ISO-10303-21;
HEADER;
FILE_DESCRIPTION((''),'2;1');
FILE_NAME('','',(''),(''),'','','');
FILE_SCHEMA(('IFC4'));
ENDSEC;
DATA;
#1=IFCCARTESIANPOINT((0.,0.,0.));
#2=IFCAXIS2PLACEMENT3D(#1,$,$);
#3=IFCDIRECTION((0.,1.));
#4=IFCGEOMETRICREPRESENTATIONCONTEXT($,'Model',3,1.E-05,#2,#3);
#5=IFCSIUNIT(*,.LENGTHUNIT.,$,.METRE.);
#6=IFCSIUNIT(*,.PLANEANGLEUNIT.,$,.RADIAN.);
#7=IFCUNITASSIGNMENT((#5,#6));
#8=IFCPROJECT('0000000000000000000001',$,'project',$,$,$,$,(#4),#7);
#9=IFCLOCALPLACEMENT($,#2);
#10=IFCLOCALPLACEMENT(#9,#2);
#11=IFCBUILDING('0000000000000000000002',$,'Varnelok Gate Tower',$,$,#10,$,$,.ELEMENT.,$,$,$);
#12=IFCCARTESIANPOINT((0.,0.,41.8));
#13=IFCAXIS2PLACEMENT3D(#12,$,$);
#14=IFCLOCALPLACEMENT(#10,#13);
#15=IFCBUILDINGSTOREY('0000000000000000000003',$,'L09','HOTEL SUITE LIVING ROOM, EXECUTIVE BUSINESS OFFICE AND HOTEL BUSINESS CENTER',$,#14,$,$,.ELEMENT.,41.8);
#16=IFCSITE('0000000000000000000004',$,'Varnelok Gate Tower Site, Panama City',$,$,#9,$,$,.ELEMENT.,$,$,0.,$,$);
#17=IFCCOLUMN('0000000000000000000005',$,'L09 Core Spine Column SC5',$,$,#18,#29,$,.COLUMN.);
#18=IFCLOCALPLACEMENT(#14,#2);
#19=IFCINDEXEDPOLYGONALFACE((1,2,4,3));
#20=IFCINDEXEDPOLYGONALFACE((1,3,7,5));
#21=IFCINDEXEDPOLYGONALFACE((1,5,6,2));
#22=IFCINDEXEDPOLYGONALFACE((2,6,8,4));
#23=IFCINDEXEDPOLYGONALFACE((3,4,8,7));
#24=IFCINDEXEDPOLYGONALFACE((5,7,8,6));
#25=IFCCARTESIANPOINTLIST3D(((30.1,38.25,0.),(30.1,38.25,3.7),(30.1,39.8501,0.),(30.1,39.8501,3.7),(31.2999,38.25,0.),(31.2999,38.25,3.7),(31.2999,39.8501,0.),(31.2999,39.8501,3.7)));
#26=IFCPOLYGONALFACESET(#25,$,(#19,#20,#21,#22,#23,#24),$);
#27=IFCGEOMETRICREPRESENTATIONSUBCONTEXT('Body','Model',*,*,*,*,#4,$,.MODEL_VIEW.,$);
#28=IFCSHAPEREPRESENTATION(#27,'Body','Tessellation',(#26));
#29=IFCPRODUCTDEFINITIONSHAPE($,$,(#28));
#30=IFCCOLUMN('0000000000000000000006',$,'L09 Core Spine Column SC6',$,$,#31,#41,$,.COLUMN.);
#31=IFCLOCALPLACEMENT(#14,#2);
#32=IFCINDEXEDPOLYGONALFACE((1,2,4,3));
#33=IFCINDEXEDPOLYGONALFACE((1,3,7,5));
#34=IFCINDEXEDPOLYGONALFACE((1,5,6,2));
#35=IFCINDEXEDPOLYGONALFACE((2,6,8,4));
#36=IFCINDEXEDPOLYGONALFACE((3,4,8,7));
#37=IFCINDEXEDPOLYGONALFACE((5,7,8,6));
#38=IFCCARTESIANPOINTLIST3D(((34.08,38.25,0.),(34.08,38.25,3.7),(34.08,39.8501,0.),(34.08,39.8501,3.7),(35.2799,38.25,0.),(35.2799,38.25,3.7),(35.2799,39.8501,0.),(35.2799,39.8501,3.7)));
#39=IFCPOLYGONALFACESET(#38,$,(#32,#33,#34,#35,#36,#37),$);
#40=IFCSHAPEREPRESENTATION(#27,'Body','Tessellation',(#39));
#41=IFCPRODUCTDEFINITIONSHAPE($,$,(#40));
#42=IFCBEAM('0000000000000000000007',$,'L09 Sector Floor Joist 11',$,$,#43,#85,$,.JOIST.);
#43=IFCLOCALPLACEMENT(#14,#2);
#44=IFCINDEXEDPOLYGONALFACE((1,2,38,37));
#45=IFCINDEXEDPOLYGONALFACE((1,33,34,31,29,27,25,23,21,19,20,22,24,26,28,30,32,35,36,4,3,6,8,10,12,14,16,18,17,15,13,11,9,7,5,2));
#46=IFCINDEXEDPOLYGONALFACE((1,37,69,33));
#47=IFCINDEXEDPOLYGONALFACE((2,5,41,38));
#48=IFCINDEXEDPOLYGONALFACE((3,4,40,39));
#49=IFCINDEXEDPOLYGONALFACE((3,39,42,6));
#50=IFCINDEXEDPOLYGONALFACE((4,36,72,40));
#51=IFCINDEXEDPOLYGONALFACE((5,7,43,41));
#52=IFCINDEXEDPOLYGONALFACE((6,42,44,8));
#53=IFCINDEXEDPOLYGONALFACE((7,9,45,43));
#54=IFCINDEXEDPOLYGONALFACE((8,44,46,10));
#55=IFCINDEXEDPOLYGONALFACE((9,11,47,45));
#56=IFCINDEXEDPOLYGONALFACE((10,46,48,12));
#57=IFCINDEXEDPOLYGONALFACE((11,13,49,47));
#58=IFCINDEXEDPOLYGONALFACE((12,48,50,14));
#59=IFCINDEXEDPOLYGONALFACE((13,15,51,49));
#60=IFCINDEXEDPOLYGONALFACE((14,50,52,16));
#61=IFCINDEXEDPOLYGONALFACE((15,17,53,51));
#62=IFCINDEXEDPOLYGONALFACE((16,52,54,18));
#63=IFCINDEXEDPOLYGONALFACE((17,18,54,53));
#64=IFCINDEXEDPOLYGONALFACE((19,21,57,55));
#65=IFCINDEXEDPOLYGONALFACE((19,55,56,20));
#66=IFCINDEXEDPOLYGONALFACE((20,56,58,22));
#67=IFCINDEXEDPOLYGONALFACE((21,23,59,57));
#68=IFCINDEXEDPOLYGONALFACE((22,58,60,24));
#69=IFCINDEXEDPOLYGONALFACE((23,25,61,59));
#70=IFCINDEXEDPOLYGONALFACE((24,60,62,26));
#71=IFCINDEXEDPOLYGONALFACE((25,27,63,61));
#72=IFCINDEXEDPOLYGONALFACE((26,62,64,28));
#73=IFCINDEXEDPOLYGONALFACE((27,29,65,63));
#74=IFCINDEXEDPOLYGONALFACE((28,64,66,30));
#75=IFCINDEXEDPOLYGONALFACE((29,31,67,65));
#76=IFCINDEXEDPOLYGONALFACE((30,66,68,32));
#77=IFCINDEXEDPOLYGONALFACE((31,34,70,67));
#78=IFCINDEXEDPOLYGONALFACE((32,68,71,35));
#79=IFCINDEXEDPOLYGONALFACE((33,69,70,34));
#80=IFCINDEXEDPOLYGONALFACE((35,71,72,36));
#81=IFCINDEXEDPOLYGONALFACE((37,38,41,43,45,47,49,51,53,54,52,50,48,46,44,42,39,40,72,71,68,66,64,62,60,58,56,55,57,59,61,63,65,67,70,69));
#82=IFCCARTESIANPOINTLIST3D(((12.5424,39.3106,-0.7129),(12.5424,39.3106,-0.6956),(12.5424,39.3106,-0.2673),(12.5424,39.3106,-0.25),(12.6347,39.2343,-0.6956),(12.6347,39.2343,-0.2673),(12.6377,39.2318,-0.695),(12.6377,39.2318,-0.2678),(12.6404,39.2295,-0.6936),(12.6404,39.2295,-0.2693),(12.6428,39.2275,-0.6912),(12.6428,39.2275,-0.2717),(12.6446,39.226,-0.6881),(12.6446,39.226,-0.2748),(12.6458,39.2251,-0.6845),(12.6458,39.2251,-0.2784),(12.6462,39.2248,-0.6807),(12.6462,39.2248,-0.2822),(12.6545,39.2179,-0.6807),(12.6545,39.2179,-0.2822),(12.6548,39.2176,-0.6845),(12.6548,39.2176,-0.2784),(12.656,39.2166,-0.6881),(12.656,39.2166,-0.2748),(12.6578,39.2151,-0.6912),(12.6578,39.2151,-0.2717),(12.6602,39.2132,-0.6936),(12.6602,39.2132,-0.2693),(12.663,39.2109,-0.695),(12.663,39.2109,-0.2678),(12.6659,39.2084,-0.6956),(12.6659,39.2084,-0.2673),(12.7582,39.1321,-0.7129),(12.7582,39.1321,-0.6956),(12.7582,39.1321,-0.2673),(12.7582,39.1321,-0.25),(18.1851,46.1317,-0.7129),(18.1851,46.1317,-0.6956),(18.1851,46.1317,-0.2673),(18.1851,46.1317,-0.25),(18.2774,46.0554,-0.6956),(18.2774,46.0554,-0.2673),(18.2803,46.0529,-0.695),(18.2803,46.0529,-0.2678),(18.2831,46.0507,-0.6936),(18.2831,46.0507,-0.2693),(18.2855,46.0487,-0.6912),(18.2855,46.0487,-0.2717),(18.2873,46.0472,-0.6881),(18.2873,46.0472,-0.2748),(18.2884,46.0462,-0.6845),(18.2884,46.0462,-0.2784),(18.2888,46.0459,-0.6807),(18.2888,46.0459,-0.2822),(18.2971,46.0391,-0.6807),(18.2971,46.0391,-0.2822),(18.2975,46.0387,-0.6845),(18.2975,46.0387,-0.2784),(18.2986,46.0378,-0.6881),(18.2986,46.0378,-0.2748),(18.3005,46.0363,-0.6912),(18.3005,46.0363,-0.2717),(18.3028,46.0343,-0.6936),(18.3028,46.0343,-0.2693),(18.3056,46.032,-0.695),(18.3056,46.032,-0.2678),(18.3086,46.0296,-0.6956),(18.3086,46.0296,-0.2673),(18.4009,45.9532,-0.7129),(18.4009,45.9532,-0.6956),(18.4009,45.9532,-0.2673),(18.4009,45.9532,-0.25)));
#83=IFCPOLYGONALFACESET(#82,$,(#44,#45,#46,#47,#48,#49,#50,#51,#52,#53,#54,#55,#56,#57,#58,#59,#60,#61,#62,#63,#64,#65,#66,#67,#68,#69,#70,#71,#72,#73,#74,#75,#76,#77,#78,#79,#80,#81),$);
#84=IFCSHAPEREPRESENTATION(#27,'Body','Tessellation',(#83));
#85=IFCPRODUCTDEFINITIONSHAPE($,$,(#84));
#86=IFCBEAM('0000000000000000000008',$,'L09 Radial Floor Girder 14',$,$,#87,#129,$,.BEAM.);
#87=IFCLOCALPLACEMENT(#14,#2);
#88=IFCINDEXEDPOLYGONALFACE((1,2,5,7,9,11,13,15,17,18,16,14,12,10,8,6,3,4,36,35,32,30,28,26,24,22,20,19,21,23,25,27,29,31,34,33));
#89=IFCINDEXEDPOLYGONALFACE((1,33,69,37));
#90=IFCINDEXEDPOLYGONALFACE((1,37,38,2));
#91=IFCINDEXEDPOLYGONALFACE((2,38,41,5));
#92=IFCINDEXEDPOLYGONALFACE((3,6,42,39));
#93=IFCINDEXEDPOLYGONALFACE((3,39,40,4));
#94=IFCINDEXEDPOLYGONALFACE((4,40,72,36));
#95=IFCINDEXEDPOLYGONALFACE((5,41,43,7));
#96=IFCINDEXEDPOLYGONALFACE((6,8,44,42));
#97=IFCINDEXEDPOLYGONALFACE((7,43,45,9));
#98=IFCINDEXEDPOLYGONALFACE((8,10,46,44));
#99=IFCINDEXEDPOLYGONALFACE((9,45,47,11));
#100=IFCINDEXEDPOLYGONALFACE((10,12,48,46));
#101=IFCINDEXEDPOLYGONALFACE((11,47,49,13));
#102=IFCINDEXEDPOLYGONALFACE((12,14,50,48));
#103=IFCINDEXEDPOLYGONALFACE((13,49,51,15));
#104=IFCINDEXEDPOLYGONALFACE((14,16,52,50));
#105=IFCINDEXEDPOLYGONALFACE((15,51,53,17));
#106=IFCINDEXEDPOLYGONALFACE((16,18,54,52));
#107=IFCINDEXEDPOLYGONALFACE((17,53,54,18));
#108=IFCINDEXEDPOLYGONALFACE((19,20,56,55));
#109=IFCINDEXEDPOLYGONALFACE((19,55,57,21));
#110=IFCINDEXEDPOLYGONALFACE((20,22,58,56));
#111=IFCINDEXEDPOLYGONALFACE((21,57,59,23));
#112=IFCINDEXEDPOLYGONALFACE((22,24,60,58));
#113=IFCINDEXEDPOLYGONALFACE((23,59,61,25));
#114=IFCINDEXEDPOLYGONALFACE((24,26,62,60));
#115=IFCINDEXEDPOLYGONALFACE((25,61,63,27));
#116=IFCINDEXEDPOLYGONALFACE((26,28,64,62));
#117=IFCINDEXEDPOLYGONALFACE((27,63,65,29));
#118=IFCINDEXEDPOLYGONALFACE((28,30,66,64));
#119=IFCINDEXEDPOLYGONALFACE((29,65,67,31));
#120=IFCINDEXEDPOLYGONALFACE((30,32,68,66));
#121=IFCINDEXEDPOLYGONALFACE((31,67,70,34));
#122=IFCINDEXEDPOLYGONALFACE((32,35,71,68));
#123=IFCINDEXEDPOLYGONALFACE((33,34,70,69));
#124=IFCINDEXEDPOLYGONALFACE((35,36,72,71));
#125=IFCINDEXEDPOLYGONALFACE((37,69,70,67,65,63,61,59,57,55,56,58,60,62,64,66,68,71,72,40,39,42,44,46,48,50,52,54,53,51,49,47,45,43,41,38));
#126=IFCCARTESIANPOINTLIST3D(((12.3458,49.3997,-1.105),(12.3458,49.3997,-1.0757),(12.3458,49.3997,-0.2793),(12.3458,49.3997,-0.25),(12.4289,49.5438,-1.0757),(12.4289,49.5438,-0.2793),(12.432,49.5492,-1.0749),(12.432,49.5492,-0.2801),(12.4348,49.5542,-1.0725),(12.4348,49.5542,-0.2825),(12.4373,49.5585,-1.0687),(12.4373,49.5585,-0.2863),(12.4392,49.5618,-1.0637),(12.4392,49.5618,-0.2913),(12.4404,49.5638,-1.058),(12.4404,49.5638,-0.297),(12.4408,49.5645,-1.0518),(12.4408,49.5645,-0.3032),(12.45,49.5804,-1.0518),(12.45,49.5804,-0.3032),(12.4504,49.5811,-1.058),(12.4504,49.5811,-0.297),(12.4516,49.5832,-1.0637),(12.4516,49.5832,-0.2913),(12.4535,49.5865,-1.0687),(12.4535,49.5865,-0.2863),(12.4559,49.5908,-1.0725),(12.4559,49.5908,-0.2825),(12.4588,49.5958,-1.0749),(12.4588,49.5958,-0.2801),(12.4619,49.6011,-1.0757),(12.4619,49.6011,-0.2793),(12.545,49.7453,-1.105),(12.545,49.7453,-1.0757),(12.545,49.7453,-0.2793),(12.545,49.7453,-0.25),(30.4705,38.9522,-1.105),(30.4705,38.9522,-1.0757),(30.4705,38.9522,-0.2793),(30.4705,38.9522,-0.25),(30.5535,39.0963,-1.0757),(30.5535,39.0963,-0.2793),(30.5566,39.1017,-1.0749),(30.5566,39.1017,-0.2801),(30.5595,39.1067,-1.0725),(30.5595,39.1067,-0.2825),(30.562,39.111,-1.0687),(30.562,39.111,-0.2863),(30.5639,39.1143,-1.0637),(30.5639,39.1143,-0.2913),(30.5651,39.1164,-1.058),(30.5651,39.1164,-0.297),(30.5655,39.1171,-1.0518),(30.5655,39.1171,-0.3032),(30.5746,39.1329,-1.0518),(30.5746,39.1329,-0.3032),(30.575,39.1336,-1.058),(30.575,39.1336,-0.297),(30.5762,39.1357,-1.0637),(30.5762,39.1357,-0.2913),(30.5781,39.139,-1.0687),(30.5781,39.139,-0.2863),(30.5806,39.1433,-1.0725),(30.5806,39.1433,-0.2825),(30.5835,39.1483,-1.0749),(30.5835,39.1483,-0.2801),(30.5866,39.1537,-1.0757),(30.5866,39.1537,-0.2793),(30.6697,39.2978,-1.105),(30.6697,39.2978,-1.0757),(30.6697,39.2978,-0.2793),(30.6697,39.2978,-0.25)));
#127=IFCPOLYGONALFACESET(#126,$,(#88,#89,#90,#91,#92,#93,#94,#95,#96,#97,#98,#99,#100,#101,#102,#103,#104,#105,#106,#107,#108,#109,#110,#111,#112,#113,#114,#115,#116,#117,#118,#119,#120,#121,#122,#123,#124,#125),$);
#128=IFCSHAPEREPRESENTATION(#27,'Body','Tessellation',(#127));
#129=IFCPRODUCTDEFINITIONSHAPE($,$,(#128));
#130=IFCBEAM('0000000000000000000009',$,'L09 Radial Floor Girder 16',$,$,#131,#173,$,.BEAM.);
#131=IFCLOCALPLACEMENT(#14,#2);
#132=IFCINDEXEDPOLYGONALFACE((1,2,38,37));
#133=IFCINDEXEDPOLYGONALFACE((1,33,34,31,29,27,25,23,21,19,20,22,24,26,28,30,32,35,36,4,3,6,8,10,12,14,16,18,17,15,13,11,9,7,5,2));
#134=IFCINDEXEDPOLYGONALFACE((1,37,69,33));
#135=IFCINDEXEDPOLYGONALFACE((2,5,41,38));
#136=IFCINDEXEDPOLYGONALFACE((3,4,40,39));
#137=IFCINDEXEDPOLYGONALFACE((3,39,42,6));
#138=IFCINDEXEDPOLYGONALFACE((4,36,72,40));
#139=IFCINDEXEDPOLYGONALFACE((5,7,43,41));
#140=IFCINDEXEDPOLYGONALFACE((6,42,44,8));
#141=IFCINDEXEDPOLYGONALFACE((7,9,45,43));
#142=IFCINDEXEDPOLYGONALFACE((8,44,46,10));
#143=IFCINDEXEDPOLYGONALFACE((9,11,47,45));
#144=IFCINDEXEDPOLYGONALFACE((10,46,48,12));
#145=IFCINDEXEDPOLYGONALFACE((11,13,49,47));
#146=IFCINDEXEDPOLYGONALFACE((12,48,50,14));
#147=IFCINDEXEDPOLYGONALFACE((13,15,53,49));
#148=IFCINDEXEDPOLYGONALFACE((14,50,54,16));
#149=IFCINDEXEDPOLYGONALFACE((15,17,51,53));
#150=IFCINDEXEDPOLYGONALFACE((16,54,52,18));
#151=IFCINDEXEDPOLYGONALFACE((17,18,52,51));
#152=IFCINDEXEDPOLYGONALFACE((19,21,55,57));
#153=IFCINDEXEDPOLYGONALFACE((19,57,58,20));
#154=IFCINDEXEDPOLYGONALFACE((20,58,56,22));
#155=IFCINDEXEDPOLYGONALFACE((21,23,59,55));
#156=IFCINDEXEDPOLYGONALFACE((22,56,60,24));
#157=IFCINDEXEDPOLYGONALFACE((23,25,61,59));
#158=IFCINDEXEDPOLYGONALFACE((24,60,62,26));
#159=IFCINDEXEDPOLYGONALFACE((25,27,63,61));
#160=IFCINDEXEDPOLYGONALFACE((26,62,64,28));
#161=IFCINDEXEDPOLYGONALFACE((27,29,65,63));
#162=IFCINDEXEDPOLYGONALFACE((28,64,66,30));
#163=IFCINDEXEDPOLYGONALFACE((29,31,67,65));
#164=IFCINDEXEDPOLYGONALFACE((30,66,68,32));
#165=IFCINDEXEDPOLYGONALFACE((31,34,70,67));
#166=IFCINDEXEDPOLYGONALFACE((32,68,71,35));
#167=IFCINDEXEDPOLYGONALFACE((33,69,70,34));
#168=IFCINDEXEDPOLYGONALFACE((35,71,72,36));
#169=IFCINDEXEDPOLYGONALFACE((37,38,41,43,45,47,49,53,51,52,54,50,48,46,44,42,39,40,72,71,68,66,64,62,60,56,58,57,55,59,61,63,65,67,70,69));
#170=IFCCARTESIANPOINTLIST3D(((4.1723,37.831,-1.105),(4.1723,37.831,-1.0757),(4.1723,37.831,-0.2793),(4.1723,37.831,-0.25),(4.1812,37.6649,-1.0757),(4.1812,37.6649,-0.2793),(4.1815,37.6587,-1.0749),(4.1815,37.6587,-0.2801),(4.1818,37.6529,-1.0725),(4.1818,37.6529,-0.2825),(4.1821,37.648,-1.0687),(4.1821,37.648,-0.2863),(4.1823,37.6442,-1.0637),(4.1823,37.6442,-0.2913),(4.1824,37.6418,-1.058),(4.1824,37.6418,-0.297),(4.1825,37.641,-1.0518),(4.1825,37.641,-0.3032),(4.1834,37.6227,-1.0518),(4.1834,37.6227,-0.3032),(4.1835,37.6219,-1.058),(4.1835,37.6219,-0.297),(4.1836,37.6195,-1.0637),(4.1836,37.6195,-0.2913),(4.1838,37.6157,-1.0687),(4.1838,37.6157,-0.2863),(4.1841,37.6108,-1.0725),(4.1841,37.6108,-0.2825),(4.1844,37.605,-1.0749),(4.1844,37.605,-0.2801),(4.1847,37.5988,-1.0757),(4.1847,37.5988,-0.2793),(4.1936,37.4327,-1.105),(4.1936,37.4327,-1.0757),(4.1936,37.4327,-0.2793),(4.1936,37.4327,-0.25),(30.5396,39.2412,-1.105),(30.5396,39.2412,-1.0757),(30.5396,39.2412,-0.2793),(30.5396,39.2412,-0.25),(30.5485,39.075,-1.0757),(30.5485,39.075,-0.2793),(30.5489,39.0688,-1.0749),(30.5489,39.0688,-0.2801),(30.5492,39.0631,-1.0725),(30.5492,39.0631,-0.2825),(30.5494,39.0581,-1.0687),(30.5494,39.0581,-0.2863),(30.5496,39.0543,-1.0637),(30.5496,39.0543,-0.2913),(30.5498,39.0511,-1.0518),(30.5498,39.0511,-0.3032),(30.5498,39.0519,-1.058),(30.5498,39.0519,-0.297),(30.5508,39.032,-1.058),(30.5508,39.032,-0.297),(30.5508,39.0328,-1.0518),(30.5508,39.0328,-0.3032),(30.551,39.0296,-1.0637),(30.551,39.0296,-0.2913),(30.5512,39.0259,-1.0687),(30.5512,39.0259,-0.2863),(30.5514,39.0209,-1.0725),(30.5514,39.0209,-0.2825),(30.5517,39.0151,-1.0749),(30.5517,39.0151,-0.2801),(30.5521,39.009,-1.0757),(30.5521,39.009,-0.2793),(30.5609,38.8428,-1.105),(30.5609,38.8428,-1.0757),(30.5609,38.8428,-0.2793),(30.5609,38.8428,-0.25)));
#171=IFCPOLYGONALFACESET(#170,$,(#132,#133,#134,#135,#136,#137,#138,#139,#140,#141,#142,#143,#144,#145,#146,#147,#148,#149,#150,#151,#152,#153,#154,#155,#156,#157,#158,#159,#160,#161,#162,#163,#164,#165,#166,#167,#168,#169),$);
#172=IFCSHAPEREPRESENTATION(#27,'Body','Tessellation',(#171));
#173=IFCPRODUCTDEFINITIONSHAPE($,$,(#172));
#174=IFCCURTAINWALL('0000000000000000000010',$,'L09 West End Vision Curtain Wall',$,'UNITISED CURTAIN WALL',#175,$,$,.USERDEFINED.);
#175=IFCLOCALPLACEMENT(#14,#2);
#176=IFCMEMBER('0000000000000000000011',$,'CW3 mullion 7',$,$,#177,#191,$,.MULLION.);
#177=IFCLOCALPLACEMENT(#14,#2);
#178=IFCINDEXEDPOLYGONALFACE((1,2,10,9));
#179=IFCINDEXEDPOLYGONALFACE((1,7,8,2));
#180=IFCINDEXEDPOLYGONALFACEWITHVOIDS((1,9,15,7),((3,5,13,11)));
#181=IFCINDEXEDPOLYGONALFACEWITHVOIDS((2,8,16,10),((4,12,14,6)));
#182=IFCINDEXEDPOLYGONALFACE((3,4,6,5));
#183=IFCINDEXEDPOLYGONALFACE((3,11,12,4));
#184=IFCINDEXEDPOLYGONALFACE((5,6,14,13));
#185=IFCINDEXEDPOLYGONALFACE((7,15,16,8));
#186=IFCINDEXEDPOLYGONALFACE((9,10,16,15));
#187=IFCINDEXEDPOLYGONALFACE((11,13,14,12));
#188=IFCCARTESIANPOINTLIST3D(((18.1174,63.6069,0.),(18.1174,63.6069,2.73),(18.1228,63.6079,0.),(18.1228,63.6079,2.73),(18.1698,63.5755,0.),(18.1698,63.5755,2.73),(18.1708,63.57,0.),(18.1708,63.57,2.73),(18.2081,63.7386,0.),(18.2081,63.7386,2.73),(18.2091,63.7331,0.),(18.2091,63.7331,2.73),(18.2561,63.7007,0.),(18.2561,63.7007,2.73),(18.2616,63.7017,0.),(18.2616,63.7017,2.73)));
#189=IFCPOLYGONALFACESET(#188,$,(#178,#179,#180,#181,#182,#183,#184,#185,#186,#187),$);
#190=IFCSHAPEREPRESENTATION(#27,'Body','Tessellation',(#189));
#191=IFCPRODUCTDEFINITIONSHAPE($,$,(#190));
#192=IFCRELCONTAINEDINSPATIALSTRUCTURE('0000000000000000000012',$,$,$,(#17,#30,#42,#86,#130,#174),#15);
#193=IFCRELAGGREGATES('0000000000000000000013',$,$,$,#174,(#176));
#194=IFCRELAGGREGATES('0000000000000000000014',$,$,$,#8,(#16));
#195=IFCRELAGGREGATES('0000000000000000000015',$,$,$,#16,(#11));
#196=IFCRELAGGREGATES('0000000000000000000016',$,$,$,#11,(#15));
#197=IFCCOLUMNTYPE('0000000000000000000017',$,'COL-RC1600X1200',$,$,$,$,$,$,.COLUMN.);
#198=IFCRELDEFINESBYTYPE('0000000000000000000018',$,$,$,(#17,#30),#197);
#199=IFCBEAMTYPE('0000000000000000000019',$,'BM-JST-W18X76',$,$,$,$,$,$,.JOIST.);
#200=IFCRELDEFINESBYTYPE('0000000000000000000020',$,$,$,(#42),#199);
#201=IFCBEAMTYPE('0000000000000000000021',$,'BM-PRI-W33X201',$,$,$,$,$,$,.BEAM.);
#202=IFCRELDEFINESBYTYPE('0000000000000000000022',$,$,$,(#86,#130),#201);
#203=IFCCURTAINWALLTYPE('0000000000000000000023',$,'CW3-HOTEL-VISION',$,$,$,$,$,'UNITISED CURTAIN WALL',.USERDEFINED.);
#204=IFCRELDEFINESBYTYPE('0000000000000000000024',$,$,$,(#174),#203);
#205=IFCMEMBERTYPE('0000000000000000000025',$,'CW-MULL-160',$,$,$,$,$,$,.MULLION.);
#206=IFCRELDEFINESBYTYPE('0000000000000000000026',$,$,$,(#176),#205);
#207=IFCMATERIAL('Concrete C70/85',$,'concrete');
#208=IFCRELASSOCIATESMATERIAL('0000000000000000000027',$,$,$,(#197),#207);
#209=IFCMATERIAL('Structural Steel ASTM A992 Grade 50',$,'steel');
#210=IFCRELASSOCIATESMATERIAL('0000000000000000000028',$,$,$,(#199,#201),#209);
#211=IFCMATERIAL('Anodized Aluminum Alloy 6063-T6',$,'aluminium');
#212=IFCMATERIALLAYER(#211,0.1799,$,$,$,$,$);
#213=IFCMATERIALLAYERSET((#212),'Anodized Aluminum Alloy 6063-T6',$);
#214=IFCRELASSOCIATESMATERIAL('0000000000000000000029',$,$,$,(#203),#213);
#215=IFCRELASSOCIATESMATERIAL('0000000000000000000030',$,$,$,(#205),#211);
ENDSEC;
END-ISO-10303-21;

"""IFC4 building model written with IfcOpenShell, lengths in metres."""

from ifc_helpers import new_model, si_unit, direction, frame, origin, origin_2d, place, context, subcontext, project, spatial, rectangle, hollow_rectangle, i_section, extrude, material, layer, layer_set, material_profile, profile_set, type_object, element, aggregate, save


model = new_model("IFC4")

# Units and contexts
model_context = context("Model", 3, precision=1e-05, world=origin(), true_north=direction((0.0, 1.0)))
body_context = subcontext(model_context, "Body", "Model", "MODEL_VIEW")
ifc_project = project(units=[si_unit("LENGTHUNIT", "METRE"), si_unit("PLANEANGLEUNIT", "RADIAN")], contexts=[model_context])

# Site, building, storey
site_placement = place(None, origin())
site = spatial("IfcSite", under=ifc_project, at=site_placement, Name="Varnelok Gate Tower Site, Panama City", CompositionType="ELEMENT", RefElevation=0.0)
building_placement = place(site_placement, origin())
building = spatial("IfcBuilding", under=site, at=building_placement, Name="Varnelok Gate Tower", CompositionType="ELEMENT")
storey_placement = place(building_placement, frame((0.0, 0.0, 41.8)))
storey = spatial("IfcBuildingStorey", under=building, at=storey_placement, Name="L09", Description="HOTEL SUITE LIVING ROOM, EXECUTIVE BUSINESS OFFICE AND HOTEL BUSINESS CENTER", CompositionType="ELEMENT", Elevation=41.8)

# Columns
ifc_material_1 = material(Name="Concrete C70/85", Category="concrete")
ifc_material_profile_1 = material_profile(ifc_material_1, rectangle(XDim=1.2, YDim=1.6001, at=origin_2d()), Name="RC1600X1200")
ifc_profile_set_1 = profile_set([ifc_material_profile_1], Name="Concrete C70/85")
column_type = type_object("IfcColumnType", Name="COL-RC1600X1200", PredefinedType="COLUMN", material=ifc_profile_set_1)
for number, where, z_axis, x_axis, name in (
    (1, (30.7, 39.05, 0.0), (0.0, 0.0, 1.0), (1.0, 0.0, 0.0), "L09 Core Spine Column SC5"),
    (2, (34.6799, 39.05, 0.0), (0.0, 0.0, 1.0), (1.0, 0.0, 0.0), "L09 Core Spine Column SC6"),
):
    element("IfcColumn", number, at=place(storey_placement, frame(where, z_axis=z_axis, x_axis=x_axis)), inside=storey, type_object=column_type, Name=name, PredefinedType="COLUMN", context=body_context, shape_type="SweptSolid", body=[
        extrude(rectangle(XDim=1.2, YDim=1.6001, at=origin_2d()), origin(), (0.0, 0.0, 1.0), 3.7),
    ])

# Beams
ifc_material_2 = material(Name="Structural Steel ASTM A992 Grade 50", Category="steel")
ifc_material_profile_2 = material_profile(ifc_material_2, i_section(OverallWidth=0.28, OverallDepth=0.4629, WebThickness=0.0107, FlangeThickness=0.0173, FilletRadius=0.0149, at=origin_2d()), Name="W18X76")
ifc_profile_set_2 = profile_set([ifc_material_profile_2], Name="Structural Steel ASTM A992 Grade 50")
beam_type_1 = type_object("IfcBeamType", Name="BM-JST-W18X76", PredefinedType="JOIST", material=ifc_profile_set_2)
beam_1_placement = place(storey_placement, frame((18.293, 46.0425, -0.4814), z_axis=(-0.637405, -0.770529, 0.0), x_axis=(0.770529, -0.637405, 0.0)))
element("IfcBeam", 3, at=beam_1_placement, inside=storey, type_object=beam_type_1, Name="L09 Sector Floor Joist 11", PredefinedType="JOIST", context=body_context, shape_type="SweptSolid", body=[
    extrude(i_section(OverallWidth=0.28, OverallDepth=0.4629, WebThickness=0.0107, FlangeThickness=0.0173, FilletRadius=0.0149, at=origin_2d()), origin(), (0.0, 0.0, 1.0), 8.8525),
])
ifc_material_profile_3 = material_profile(ifc_material_2, i_section(OverallWidth=0.3989, OverallDepth=0.855, WebThickness=0.0183, FlangeThickness=0.0293, FilletRadius=0.0239, at=origin_2d()), Name="W33X201")
ifc_profile_set_3 = profile_set([ifc_material_profile_3], Name="Structural Steel ASTM A992 Grade 50")
beam_type_2 = type_object("IfcBeamType", Name="BM-PRI-W33X201", PredefinedType="BEAM", material=ifc_profile_set_3)
beam_2_placement = place(storey_placement, frame((30.5701, 39.125, -0.6775), z_axis=(-0.866373, 0.499397, 0.0), x_axis=(-0.499397, -0.866373, 0.0)))
element("IfcBeam", 4, at=beam_2_placement, inside=storey, type_object=beam_type_2, Name="L09 Radial Floor Girder 14", PredefinedType="BEAM", context=body_context, shape_type="SweptSolid", body=[
    extrude(i_section(OverallWidth=0.3989, OverallDepth=0.855, WebThickness=0.0183, FlangeThickness=0.0293, FilletRadius=0.0239, at=origin_2d()), origin(), (0.0, 0.0, 1.0), 20.9202),
])
beam_3_placement = place(storey_placement, frame((30.5503, 39.042, -0.6775), z_axis=(-0.998573, -0.053405, 0.0), x_axis=(0.053405, -0.998573, 0.0)))
element("IfcBeam", 5, at=beam_3_placement, inside=storey, type_object=beam_type_2, Name="L09 Radial Floor Girder 16", PredefinedType="BEAM", context=body_context, shape_type="SweptSolid", body=[
    extrude(i_section(OverallWidth=0.3989, OverallDepth=0.855, WebThickness=0.0183, FlangeThickness=0.0293, FilletRadius=0.0239, at=origin_2d()), origin(), (0.0, 0.0, 1.0), 26.405),
])

# Curtain wall, member
ifc_material_3 = material(Name="Anodized Aluminum Alloy 6063-T6", Category="aluminium")
ifc_layer_1 = layer(ifc_material_3, 0.1799)
ifc_layer_set_1 = layer_set([ifc_layer_1], Name="Anodized Aluminum Alloy 6063-T6")
curtain_wall_type = type_object("IfcCurtainWallType", Name="CW3-HOTEL-VISION", ElementType="UNITISED CURTAIN WALL", PredefinedType="USERDEFINED", material=ifc_layer_set_1)
curtain_wall_placement = place(storey_placement, origin())
curtain_wall = element("IfcCurtainWall", 6, at=curtain_wall_placement, inside=storey, type_object=curtain_wall_type, Name="L09 West End Vision Curtain Wall", ObjectType="UNITISED CURTAIN WALL", PredefinedType="USERDEFINED")
ifc_material_profile_4 = material_profile(ifc_material_3, hollow_rectangle(XDim=0.0649, YDim=0.1599, WallThickness=0.0039, at=origin_2d()), Name="ALU160X65X4")
ifc_profile_set_4 = profile_set([ifc_material_profile_4], Name="Anodized Aluminum Alloy 6063-T6")
member_type_1 = type_object("IfcMemberType", Name="CW-MULL-160", PredefinedType="MULLION", material=ifc_profile_set_4)
member_1_placement = place(storey_placement, frame((18.1895, 63.6543, 0.0), z_axis=(0.0, 0.0, 1.0), x_axis=(-0.823533, 0.567269, 0.0)))
member_1 = element("IfcMember", 7, at=member_1_placement, type_object=member_type_1, Name="CW3 mullion 7", PredefinedType="MULLION", context=body_context, shape_type="SweptSolid", body=[
    extrude(hollow_rectangle(XDim=0.0649, YDim=0.1599, WallThickness=0.0039, at=origin_2d()), origin(), (0.0, 0.0, 1.0), 2.73),
])
aggregate(curtain_wall, [member_1])

save(model, "model.ifc")
